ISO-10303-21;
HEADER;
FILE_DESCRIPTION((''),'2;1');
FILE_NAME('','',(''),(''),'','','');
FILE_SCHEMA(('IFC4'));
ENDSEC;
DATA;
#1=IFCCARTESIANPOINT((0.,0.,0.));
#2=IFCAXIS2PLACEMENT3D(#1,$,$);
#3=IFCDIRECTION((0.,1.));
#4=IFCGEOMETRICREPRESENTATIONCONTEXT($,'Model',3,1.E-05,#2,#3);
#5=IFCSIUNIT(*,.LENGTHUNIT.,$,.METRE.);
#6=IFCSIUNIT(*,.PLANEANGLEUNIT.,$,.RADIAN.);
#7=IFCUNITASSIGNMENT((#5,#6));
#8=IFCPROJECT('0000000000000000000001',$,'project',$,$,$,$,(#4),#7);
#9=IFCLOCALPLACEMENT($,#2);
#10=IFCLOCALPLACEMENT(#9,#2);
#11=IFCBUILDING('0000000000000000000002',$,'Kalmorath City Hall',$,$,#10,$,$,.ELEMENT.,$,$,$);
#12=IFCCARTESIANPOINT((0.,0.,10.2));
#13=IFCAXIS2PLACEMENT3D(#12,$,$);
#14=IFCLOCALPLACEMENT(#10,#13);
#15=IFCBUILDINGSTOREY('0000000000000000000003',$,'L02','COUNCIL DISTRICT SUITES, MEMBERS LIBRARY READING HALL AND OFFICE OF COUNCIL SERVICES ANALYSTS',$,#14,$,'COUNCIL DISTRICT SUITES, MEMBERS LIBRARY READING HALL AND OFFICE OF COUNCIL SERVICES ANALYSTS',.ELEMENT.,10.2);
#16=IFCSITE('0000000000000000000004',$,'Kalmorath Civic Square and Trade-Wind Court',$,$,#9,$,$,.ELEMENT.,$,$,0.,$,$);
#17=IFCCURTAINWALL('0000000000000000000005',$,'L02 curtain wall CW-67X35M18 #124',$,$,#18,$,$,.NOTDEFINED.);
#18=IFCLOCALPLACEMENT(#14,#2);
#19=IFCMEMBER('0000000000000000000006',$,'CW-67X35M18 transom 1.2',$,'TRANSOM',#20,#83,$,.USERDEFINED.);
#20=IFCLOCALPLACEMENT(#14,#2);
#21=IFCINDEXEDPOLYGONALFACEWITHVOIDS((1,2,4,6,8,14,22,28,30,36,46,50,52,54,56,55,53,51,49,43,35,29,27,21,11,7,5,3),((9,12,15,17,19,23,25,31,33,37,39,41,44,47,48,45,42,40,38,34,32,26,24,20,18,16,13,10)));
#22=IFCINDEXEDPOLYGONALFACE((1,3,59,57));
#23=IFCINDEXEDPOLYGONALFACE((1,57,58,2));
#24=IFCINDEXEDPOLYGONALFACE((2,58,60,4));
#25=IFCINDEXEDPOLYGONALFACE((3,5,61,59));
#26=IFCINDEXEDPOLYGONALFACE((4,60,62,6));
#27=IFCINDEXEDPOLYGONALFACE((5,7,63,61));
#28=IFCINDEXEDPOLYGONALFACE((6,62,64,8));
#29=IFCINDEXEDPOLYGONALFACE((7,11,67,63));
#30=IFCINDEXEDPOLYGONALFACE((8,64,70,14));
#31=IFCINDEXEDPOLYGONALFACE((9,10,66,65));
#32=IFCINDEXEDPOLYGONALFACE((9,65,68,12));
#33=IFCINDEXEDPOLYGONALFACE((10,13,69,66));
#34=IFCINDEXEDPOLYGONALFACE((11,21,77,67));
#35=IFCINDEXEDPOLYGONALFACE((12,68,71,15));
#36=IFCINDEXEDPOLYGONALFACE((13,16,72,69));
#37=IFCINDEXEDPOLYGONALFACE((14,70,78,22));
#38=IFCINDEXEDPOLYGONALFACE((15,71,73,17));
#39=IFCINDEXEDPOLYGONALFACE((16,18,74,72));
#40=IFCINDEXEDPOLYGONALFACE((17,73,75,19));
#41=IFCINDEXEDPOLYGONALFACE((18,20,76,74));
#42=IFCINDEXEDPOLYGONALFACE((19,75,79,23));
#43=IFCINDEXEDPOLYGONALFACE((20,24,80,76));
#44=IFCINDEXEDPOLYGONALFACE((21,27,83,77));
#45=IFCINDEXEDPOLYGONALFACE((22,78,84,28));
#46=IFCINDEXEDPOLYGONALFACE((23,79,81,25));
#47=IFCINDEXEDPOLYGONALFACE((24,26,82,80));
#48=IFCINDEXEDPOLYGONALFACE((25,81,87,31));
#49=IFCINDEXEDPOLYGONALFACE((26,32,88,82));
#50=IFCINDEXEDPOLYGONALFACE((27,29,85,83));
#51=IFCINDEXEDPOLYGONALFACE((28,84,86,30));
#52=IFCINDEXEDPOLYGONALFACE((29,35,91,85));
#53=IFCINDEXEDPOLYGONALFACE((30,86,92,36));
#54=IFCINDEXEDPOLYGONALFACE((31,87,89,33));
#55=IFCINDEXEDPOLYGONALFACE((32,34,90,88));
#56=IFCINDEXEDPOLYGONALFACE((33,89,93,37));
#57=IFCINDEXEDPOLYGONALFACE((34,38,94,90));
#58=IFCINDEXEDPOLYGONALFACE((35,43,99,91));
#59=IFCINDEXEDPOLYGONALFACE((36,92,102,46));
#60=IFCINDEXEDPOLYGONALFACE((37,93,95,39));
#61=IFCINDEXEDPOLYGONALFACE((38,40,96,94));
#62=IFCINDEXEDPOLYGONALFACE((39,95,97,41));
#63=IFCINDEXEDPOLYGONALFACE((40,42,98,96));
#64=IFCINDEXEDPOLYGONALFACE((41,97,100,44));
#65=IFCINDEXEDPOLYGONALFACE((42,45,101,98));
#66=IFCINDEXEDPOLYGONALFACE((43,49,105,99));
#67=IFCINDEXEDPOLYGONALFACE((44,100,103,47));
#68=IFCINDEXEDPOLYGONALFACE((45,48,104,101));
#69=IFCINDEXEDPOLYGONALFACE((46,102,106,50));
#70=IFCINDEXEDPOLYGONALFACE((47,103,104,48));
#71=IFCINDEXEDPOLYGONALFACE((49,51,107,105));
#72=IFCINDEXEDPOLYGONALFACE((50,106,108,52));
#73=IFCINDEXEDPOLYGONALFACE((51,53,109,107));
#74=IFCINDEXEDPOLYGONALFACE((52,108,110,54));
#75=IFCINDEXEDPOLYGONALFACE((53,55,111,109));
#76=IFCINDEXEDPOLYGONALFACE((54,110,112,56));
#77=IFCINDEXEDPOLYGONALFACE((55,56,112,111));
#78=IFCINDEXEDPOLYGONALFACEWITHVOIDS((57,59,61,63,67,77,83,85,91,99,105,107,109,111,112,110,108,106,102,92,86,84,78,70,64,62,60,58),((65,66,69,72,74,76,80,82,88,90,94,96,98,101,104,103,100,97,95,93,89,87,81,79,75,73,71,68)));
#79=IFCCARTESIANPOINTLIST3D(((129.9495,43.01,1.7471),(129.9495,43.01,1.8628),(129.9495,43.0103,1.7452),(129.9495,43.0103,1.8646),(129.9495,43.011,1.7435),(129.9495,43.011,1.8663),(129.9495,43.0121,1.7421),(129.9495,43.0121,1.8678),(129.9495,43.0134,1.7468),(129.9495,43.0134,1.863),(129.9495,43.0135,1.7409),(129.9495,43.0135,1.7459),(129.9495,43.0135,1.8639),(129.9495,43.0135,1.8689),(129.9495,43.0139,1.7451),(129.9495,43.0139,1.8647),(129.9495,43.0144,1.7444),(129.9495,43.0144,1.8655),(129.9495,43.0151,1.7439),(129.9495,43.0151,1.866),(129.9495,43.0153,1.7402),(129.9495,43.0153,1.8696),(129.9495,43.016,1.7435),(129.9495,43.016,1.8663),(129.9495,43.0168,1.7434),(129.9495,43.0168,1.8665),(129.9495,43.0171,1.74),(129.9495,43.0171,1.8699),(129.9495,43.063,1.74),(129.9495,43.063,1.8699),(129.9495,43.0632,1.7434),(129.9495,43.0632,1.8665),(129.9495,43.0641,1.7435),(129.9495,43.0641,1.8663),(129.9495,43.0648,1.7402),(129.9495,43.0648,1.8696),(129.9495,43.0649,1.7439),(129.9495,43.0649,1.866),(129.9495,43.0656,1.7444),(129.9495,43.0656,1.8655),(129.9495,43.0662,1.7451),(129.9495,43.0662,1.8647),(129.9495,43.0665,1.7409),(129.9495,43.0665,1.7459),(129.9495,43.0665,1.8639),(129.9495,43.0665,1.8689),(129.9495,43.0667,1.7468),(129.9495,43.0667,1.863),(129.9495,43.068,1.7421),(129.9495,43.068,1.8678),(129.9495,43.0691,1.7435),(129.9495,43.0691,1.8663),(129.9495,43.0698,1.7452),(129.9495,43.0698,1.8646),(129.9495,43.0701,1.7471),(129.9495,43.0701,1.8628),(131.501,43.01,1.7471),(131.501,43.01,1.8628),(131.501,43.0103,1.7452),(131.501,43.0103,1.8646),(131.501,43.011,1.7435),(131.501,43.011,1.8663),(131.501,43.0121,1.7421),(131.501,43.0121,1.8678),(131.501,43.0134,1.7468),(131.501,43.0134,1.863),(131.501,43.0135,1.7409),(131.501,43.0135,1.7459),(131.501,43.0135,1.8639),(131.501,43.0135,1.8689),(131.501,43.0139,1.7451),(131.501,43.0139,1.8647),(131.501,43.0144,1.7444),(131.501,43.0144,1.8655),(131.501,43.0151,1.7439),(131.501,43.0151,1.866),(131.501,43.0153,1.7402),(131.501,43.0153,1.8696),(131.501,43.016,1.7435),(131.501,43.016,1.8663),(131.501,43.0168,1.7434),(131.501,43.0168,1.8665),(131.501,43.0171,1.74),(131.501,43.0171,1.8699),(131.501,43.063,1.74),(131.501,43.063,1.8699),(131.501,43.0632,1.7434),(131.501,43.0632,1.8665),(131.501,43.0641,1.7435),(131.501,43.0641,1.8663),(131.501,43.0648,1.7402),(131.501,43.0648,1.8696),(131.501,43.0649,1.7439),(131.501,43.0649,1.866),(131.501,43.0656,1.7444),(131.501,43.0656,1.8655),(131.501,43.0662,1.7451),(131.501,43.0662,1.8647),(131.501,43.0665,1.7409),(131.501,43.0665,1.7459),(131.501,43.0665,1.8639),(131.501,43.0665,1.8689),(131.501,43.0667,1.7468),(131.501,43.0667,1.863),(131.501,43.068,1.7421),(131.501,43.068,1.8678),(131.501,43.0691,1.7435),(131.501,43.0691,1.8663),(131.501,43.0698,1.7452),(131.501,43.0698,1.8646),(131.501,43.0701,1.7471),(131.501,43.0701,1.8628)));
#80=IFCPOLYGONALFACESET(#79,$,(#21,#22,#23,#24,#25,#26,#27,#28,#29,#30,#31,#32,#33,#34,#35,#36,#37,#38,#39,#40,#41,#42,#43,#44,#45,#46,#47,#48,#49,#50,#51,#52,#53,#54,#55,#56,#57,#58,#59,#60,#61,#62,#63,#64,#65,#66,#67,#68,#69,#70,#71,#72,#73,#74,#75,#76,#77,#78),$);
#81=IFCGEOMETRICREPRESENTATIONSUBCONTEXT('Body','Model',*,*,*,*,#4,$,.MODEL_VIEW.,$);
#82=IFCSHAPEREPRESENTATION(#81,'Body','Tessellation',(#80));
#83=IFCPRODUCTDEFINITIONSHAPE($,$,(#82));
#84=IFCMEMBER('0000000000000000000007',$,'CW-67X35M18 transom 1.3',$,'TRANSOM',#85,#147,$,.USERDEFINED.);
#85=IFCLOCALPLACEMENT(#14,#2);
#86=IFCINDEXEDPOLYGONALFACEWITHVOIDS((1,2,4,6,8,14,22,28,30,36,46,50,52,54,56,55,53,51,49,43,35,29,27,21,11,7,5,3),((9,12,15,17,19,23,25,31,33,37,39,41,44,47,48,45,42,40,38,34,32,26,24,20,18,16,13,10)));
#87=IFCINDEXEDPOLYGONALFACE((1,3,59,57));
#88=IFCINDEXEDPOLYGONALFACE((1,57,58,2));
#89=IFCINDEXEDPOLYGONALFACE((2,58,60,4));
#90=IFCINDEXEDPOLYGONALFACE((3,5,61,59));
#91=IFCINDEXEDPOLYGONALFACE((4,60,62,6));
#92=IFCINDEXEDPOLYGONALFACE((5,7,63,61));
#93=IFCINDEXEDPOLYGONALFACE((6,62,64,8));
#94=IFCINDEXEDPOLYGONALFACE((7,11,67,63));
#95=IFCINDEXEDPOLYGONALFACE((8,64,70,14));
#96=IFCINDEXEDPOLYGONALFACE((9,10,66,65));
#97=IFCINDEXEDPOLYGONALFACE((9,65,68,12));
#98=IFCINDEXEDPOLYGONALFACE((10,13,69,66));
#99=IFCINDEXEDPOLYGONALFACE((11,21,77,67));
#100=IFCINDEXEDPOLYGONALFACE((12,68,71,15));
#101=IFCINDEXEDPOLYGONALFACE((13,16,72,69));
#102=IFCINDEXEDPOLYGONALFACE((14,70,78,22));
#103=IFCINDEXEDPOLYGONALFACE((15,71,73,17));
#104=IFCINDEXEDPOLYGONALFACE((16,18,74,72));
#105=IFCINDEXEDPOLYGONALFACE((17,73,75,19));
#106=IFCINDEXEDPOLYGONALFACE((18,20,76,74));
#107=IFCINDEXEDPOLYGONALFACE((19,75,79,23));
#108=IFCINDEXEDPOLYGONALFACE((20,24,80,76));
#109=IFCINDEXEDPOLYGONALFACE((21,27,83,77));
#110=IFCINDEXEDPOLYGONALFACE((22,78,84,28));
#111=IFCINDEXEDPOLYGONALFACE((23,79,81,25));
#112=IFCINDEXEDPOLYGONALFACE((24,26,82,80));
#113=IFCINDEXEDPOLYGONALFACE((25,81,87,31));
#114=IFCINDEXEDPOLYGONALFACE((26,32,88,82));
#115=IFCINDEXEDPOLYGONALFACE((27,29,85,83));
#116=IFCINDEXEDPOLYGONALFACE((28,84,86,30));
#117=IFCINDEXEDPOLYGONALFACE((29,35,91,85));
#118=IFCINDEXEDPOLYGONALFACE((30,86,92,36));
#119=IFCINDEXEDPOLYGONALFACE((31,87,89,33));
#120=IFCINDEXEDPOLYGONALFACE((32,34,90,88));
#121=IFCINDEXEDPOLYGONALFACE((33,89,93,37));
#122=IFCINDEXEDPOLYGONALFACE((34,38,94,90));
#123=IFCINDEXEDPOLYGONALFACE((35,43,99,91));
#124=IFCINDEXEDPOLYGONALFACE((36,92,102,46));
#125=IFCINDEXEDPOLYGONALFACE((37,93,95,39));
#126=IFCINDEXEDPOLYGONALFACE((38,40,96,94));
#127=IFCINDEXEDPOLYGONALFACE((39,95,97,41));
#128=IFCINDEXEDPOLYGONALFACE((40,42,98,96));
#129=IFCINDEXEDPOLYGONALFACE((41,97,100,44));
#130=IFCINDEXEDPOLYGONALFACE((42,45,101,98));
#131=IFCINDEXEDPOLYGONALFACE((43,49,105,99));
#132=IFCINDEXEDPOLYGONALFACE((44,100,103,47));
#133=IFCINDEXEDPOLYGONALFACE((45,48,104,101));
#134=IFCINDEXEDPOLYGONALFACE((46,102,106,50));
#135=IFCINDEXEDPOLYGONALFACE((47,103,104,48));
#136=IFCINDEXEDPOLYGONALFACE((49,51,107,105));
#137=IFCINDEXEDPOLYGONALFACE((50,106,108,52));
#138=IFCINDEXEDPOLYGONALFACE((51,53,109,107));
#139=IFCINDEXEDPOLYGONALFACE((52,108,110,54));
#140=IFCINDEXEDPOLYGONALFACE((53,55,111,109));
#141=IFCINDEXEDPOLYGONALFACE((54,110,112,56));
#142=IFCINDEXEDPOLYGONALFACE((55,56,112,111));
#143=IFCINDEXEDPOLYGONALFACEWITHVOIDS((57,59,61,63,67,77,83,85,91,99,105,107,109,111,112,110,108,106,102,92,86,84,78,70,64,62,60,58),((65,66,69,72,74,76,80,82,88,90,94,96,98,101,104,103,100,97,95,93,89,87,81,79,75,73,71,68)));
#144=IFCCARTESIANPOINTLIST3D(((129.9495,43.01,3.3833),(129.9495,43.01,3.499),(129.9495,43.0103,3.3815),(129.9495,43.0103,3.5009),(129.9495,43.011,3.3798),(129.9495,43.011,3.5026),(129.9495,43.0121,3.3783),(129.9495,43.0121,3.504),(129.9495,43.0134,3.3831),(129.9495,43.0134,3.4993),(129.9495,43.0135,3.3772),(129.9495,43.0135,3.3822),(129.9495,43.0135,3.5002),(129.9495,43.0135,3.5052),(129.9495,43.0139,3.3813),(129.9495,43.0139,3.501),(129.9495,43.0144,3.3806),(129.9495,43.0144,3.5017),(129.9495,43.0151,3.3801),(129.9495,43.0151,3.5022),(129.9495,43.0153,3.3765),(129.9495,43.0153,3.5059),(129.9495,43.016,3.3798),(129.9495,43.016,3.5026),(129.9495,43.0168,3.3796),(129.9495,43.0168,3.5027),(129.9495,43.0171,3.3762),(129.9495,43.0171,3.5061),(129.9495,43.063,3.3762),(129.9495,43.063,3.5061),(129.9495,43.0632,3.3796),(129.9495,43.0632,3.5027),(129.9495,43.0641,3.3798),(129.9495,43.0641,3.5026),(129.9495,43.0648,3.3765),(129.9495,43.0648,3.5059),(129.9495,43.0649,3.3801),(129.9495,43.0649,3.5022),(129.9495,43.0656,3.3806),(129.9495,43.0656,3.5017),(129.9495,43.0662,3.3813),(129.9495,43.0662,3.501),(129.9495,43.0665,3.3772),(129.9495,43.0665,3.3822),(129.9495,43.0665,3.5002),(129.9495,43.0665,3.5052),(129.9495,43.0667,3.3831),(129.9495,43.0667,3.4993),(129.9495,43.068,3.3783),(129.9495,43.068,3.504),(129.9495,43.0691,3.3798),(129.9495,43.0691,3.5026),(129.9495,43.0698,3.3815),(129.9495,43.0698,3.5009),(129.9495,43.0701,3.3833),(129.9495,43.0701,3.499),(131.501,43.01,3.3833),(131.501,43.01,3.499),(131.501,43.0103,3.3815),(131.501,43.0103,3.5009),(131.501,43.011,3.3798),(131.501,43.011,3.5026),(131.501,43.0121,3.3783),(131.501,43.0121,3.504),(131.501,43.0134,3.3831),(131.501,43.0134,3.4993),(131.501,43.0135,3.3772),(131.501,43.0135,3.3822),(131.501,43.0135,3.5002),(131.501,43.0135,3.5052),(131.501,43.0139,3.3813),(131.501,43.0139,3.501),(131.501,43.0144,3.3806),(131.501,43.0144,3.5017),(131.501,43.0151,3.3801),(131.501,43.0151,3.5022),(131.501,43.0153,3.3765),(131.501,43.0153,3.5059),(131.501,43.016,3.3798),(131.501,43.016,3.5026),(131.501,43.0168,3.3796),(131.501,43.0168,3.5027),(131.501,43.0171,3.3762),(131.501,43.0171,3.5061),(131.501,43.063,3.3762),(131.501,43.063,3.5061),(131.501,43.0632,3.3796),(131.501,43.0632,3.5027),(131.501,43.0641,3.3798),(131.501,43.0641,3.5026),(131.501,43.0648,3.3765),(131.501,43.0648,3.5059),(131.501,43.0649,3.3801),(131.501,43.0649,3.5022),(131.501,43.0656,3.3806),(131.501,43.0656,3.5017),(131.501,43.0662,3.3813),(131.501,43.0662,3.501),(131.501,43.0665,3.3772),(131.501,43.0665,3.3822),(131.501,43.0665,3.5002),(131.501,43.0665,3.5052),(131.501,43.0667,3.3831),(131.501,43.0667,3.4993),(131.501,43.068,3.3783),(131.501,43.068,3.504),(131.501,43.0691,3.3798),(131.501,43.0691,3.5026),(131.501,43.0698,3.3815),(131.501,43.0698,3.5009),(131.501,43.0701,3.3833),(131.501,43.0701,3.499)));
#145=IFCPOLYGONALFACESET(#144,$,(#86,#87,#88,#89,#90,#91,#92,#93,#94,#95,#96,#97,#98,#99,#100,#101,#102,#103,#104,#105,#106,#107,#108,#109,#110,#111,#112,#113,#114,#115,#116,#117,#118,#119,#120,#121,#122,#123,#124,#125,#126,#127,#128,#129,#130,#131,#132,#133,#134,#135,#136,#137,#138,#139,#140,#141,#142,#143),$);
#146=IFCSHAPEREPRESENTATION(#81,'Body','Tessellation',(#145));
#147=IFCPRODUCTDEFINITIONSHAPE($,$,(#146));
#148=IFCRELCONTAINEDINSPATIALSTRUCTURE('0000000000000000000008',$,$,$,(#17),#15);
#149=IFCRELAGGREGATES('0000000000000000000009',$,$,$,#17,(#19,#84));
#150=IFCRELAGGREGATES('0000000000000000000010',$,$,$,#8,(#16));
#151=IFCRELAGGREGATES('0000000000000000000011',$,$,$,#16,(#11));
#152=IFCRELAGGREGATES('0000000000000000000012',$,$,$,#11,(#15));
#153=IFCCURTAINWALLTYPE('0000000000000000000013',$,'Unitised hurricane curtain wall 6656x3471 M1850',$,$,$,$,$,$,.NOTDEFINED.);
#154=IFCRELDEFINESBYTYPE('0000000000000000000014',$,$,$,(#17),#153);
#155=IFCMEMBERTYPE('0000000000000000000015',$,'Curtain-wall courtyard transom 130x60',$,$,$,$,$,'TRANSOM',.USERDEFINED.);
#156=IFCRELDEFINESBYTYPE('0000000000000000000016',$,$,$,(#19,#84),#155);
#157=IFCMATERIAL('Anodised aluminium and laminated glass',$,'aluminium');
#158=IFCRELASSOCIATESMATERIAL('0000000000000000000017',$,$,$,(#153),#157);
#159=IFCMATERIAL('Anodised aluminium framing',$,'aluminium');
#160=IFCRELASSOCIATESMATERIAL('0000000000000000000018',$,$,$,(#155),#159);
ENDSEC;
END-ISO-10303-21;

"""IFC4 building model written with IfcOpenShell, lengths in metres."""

from ifc_helpers import new_model, si_unit, direction, frame, origin, origin_2d, place, context, subcontext, project, spatial, hollow_rectangle, extrude, material, material_profile, profile_set, type_object, element, aggregate, save


model = new_model("IFC4")

# Units and contexts
model_context = context("Model", 3, precision=1e-05, world=origin(), true_north=direction((0.0, 1.0)))
body_context = subcontext(model_context, "Body", "Model", "MODEL_VIEW")
ifc_project = project(units=[si_unit("LENGTHUNIT", "METRE"), si_unit("PLANEANGLEUNIT", "RADIAN")], contexts=[model_context])

# Site, building, storey
site_placement = place(None, origin())
site = spatial("IfcSite", under=ifc_project, at=site_placement, Name="Kalmorath Civic Square and Trade-Wind Court", CompositionType="ELEMENT", RefElevation=0.0)
building_placement = place(site_placement, origin())
building = spatial("IfcBuilding", under=site, at=building_placement, Name="Kalmorath City Hall", CompositionType="ELEMENT")
storey_placement = place(building_placement, frame((0.0, 0.0, 10.2)))
storey = spatial("IfcBuildingStorey", under=building, at=storey_placement, Name="L02", Description="COUNCIL DISTRICT SUITES, MEMBERS LIBRARY READING HALL AND OFFICE OF COUNCIL SERVICES ANALYSTS", LongName="COUNCIL DISTRICT SUITES, MEMBERS LIBRARY READING HALL AND OFFICE OF COUNCIL SERVICES ANALYSTS", CompositionType="ELEMENT", Elevation=10.2)

# Curtain wall, members
ifc_material_1 = material(Name="Anodised aluminium and laminated glass", Category="aluminium")
curtain_wall_type_1 = type_object("IfcCurtainWallType", Name="Unitised hurricane curtain wall 6656x3471 M1850", PredefinedType="NOTDEFINED", material=ifc_material_1)
curtain_wall_1_placement = place(storey_placement, origin())
curtain_wall_1 = element("IfcCurtainWall", 1, at=curtain_wall_1_placement, inside=storey, type_object=curtain_wall_type_1, Name="L02 curtain wall CW-67X35M18 #124", PredefinedType="NOTDEFINED")
ifc_material_2 = material(Name="Anodised aluminium framing", Category="aluminium")
ifc_material_profile_1 = material_profile(ifc_material_2, hollow_rectangle(XDim=0.0601, YDim=0.1299, WallThickness=0.0034, InnerFilletRadius=0.0034, OuterFilletRadius=0.0071, at=origin_2d()), Name="ALU-TRN-130X60X3.5")
ifc_profile_set_1 = profile_set([ifc_material_profile_1], Name="Anodised aluminium framing")
member_type_1 = type_object("IfcMemberType", Name="Curtain-wall courtyard transom 130x60", ElementType="TRANSOM", PredefinedType="USERDEFINED", material=ifc_profile_set_1)
member_1_placement = place(storey_placement, frame((129.9495, 43.04, 1.8049), z_axis=(1.0, 0.0, 0.0), x_axis=(0.0, 1.0, 0.0)))
member_1 = element("IfcMember", 2, at=member_1_placement, type_object=member_type_1, Name="CW-67X35M18 transom 1.2", ObjectType="TRANSOM", PredefinedType="USERDEFINED", context=body_context, shape_type="SweptSolid", body=[
    extrude(hollow_rectangle(XDim=0.0601, YDim=0.1299, WallThickness=0.0034, InnerFilletRadius=0.0034, OuterFilletRadius=0.0071, at=origin_2d()), origin(), (0.0, 0.0, 1.0), 1.5515),
])
member_2_placement = place(storey_placement, frame((129.9495, 43.04, 3.4412), z_axis=(1.0, 0.0, 0.0), x_axis=(0.0, 1.0, 0.0)))
member_2 = element("IfcMember", 3, at=member_2_placement, type_object=member_type_1, Name="CW-67X35M18 transom 1.3", ObjectType="TRANSOM", PredefinedType="USERDEFINED", context=body_context, shape_type="SweptSolid", body=[
    extrude(hollow_rectangle(XDim=0.0601, YDim=0.1299, WallThickness=0.0034, InnerFilletRadius=0.0034, OuterFilletRadius=0.0071, at=origin_2d()), origin(), (0.0, 0.0, 1.0), 1.5515),
])

aggregate(curtain_wall_1, [member_1, member_2])

save(model, "model.ifc")
